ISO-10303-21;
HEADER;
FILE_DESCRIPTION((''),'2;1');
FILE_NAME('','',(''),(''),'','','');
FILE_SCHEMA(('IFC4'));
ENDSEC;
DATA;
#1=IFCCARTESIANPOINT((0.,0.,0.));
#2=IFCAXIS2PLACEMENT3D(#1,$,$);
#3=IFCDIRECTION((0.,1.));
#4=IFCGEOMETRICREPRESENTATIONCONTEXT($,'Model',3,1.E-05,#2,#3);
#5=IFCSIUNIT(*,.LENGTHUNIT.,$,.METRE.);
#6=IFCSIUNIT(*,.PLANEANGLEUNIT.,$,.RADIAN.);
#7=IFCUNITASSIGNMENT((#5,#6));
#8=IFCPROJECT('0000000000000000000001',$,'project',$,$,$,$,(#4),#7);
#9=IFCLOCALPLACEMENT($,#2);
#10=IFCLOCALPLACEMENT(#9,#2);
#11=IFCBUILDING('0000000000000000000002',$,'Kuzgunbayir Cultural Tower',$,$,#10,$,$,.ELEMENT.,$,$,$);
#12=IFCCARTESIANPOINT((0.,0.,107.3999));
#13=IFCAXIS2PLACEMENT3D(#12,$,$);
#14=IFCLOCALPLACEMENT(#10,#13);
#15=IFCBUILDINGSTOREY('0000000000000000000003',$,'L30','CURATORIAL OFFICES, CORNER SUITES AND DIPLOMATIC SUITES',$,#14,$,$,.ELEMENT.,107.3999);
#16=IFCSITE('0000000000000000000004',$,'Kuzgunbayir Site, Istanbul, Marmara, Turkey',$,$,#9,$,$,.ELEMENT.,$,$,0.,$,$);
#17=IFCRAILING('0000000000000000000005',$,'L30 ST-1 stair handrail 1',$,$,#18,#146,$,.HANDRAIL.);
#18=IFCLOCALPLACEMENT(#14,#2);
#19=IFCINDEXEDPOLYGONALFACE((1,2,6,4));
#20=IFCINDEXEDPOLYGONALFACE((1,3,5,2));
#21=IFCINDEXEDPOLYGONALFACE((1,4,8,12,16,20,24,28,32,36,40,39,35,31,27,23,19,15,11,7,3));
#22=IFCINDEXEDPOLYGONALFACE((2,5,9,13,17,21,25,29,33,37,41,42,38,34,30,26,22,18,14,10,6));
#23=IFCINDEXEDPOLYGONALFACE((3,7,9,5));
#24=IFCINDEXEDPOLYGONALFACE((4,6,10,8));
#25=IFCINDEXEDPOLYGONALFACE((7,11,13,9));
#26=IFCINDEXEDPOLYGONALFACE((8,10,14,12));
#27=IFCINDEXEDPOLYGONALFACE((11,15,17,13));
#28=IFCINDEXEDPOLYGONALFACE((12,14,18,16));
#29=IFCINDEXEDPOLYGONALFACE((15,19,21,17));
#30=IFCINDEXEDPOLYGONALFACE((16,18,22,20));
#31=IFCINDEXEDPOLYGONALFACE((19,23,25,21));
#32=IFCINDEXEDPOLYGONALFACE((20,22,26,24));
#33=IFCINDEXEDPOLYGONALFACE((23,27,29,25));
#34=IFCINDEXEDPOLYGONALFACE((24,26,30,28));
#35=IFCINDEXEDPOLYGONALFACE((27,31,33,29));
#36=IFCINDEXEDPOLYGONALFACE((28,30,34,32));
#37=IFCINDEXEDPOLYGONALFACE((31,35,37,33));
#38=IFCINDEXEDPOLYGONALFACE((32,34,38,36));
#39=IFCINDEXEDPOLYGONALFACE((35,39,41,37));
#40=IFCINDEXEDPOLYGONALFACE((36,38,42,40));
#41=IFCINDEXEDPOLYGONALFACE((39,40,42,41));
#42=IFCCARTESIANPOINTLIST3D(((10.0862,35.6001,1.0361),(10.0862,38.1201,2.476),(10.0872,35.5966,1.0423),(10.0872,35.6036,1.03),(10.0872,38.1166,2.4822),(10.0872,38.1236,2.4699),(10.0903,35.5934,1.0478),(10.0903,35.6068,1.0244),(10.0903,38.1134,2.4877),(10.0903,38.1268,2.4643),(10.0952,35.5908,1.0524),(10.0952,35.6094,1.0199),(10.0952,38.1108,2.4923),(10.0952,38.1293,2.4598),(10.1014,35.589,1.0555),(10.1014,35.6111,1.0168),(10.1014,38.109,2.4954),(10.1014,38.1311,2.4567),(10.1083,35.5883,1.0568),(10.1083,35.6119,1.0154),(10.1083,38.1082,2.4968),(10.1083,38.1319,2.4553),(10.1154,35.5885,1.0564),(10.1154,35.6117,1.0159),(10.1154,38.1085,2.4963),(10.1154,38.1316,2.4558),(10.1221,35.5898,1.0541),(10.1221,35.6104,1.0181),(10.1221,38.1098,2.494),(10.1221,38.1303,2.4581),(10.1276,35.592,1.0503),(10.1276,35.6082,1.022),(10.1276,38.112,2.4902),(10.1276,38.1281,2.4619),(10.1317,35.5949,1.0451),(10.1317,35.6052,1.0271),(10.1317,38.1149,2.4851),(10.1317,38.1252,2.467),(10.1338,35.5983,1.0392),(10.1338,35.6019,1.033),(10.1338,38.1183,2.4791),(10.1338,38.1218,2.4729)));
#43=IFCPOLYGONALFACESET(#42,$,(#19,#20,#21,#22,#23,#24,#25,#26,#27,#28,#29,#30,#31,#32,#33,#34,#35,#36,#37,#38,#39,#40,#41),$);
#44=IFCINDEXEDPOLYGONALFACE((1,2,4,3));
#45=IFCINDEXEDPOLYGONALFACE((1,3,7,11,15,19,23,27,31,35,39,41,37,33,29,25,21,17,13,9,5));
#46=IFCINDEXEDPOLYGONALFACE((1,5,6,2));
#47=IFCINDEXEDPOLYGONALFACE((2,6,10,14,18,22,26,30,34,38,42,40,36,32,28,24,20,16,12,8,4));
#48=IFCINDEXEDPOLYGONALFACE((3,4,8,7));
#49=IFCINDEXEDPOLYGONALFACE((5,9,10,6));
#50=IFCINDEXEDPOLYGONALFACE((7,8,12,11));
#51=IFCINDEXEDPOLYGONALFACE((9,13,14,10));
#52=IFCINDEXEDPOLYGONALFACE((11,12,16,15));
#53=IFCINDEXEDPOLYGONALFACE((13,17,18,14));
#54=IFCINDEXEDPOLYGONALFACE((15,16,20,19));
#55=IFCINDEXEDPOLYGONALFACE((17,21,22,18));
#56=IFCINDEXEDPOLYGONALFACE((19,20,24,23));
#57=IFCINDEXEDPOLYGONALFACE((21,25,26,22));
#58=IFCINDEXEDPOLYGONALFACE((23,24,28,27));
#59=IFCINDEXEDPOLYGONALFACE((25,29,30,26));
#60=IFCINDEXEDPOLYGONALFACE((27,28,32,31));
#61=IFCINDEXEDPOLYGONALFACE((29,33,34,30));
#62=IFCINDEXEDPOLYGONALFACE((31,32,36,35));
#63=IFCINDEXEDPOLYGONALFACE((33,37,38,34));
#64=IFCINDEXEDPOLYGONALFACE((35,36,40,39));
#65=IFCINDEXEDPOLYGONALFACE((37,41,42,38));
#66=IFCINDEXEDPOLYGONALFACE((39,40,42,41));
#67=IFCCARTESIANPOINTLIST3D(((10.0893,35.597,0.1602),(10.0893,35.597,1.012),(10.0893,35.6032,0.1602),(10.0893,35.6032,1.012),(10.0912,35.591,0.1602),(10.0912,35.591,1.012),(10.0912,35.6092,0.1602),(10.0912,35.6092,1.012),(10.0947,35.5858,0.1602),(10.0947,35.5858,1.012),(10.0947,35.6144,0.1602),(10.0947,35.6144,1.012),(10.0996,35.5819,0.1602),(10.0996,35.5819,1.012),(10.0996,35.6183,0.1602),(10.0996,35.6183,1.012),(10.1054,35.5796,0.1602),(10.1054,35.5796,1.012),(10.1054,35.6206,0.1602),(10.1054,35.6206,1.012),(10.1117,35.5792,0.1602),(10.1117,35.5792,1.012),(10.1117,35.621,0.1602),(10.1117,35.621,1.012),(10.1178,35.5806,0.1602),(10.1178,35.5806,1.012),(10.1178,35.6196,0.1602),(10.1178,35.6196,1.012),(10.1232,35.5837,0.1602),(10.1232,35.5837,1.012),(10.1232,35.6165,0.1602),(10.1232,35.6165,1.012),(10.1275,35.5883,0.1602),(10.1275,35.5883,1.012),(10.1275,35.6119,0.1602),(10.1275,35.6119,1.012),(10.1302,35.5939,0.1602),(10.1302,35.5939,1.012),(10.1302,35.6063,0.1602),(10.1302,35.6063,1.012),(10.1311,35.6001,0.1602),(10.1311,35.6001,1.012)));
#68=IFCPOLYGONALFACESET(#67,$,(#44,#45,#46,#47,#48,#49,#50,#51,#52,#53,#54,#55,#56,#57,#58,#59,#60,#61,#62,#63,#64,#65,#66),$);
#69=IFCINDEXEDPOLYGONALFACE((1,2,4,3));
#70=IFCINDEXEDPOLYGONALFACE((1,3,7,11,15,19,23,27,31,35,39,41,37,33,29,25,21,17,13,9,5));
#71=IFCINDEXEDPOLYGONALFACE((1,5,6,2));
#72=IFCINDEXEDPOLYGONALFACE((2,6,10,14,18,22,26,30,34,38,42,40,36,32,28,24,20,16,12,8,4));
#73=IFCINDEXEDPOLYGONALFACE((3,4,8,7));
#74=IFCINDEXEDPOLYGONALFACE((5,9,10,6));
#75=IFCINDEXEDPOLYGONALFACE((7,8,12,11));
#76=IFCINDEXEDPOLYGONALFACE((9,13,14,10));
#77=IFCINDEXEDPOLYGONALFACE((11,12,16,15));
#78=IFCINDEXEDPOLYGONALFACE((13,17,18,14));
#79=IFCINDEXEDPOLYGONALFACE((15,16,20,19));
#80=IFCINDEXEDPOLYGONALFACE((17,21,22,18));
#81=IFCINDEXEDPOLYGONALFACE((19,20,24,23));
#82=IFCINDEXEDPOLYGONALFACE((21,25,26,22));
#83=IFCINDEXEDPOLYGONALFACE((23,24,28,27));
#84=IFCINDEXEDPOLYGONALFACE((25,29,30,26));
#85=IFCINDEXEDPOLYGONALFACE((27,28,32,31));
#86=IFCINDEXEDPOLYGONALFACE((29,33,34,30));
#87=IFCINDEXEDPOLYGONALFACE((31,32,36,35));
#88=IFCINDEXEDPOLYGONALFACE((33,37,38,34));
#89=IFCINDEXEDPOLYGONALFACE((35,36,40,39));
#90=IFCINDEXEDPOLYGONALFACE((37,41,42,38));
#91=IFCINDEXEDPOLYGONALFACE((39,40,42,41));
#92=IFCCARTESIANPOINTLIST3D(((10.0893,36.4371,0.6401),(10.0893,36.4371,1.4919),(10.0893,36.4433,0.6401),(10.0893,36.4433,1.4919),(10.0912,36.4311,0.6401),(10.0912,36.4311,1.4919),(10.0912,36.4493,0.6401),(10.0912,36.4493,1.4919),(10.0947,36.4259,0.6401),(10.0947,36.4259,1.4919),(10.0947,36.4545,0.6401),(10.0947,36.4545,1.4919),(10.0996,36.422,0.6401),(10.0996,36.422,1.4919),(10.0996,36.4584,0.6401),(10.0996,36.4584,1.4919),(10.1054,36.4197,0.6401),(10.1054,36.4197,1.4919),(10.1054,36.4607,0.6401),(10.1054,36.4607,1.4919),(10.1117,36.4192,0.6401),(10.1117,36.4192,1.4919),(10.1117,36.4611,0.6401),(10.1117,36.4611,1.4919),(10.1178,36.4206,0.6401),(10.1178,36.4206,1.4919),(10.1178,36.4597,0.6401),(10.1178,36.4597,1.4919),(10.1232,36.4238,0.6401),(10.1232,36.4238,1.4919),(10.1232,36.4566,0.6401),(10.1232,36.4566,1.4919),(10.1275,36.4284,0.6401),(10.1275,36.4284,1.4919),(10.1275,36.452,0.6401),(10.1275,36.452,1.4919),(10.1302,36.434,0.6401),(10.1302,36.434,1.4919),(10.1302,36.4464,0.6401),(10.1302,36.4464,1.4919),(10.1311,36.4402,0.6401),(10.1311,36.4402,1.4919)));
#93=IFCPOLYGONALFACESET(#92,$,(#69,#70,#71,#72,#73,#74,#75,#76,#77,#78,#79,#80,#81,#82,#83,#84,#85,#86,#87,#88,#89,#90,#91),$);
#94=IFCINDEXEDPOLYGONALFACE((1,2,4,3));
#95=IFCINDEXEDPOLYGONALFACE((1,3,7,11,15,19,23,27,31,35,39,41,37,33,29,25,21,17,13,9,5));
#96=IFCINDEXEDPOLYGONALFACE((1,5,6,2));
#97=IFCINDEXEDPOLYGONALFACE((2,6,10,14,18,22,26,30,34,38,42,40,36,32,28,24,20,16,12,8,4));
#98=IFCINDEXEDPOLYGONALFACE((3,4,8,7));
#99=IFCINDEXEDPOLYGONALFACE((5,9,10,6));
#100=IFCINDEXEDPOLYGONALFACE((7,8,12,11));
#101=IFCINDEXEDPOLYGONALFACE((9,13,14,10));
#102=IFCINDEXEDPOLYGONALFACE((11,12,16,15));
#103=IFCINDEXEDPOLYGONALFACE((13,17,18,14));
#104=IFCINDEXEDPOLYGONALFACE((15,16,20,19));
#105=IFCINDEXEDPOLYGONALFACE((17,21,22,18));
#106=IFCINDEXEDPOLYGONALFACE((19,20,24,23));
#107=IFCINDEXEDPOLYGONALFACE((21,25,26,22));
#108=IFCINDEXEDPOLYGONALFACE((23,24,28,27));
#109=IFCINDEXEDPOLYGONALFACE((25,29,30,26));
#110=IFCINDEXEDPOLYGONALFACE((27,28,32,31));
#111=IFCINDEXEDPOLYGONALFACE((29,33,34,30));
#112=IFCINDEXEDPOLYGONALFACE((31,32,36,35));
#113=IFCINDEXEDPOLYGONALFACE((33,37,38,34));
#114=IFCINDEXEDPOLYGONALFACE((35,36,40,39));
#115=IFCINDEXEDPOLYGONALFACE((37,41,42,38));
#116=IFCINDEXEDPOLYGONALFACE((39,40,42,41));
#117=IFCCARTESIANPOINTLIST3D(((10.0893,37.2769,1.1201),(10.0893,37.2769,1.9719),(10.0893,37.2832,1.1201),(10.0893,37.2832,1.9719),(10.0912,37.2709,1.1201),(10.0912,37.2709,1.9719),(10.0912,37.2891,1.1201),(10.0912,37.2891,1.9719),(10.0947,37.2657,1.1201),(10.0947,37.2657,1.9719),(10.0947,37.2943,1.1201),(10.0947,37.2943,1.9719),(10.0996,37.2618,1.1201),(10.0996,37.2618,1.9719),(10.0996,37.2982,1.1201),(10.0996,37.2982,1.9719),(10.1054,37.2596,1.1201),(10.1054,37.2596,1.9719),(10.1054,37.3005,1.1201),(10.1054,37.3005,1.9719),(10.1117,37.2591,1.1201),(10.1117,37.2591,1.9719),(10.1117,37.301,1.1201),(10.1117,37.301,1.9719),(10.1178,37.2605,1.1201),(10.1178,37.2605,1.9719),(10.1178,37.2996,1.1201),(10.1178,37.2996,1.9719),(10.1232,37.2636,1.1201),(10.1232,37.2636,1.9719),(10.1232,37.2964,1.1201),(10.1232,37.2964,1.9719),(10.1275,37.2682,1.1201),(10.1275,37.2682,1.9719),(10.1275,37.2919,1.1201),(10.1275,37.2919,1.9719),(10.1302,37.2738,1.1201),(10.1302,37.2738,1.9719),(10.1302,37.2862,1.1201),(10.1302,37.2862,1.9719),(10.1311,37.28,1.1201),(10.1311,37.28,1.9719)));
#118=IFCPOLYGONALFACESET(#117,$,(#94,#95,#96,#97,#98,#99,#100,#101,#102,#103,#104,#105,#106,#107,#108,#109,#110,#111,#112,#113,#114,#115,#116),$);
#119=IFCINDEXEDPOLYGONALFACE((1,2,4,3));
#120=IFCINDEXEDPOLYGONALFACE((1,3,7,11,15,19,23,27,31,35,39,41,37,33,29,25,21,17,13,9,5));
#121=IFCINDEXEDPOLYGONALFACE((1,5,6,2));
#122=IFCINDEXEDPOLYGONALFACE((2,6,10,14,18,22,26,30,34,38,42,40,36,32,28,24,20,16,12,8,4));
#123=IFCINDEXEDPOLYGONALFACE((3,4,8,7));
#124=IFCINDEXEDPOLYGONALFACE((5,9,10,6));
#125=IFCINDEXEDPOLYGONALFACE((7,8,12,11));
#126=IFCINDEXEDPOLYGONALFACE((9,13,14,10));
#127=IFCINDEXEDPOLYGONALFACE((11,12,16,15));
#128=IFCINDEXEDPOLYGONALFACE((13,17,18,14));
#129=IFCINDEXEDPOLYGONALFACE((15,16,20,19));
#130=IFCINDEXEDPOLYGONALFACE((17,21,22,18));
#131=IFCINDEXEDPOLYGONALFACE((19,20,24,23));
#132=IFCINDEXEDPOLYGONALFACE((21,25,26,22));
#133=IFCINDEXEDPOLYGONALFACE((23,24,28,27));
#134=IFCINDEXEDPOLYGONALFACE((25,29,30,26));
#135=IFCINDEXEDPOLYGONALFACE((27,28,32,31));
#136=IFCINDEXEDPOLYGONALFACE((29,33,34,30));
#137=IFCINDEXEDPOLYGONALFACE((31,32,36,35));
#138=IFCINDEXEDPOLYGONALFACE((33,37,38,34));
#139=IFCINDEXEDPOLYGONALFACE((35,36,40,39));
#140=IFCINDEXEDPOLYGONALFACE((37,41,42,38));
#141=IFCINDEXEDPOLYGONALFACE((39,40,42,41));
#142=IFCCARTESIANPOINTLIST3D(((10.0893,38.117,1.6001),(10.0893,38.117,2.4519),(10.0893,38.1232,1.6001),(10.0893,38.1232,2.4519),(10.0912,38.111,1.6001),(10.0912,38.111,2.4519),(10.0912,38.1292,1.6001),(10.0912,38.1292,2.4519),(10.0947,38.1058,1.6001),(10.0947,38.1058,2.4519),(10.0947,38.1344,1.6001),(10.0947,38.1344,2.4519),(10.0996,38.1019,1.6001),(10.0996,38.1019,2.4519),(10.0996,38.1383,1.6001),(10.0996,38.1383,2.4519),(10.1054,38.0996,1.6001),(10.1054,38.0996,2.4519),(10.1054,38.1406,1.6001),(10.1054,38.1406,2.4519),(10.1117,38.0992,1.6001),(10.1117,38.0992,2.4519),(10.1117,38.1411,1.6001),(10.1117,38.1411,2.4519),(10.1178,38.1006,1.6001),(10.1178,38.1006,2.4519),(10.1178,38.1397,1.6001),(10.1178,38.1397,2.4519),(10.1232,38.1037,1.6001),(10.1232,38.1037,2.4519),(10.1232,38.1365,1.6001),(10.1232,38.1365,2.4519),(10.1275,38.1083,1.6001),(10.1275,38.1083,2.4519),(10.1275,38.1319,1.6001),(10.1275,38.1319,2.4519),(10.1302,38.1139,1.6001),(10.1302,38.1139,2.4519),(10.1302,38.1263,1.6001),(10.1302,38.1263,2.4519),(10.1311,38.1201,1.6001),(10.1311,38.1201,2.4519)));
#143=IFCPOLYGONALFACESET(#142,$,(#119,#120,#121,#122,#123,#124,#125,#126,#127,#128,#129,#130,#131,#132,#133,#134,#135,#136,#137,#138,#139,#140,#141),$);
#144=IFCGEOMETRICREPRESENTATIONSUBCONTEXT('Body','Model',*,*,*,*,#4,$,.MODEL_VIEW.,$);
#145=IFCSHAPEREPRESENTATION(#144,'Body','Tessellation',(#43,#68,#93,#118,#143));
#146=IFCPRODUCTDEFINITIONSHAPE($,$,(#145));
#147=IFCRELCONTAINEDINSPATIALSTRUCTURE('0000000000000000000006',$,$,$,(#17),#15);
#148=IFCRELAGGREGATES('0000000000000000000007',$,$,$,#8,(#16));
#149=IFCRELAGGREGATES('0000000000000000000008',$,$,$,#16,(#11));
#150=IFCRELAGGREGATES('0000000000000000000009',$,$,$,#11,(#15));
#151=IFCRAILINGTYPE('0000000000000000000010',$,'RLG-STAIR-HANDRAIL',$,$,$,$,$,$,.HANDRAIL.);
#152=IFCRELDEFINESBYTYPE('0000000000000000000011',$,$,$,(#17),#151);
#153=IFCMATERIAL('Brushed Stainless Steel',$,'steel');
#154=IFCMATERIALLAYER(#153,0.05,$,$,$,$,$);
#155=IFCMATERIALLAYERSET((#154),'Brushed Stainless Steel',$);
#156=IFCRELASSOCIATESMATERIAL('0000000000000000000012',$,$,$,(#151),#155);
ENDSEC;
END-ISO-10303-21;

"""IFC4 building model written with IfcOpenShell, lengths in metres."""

from ifc_helpers import new_model, si_unit, direction, frame, origin, origin_2d, place, context, subcontext, project, spatial, circle, extrude, material, layer, layer_set, type_object, element, save


model = new_model("IFC4")

# Units and contexts
model_context = context("Model", 3, precision=1e-05, world=origin(), true_north=direction((0.0, 1.0)))
body_context = subcontext(model_context, "Body", "Model", "MODEL_VIEW")
ifc_project = project(units=[si_unit("LENGTHUNIT", "METRE"), si_unit("PLANEANGLEUNIT", "RADIAN")], contexts=[model_context])

# Site, building, storey
site_placement = place(None, origin())
site = spatial("IfcSite", under=ifc_project, at=site_placement, Name="Kuzgunbayir Site, Istanbul, Marmara, Turkey", CompositionType="ELEMENT", RefElevation=0.0)
building_placement = place(site_placement, origin())
building = spatial("IfcBuilding", under=site, at=building_placement, Name="Kuzgunbayir Cultural Tower", CompositionType="ELEMENT")
storey_placement = place(building_placement, frame((0.0, 0.0, 107.3999)))
storey = spatial("IfcBuildingStorey", under=building, at=storey_placement, Name="L30", Description="CURATORIAL OFFICES, CORNER SUITES AND DIPLOMATIC SUITES", CompositionType="ELEMENT", Elevation=107.3999)

# Shared definitions
ifc_material_1 = material(Name="Brushed Stainless Steel", Category="steel")

# Railing
ifc_layer_1 = layer(ifc_material_1, 0.05)
ifc_layer_set_1 = layer_set([ifc_layer_1], Name="Brushed Stainless Steel")
railing_type = type_object("IfcRailingType", Name="RLG-STAIR-HANDRAIL", PredefinedType="HANDRAIL", material=ifc_layer_set_1)
railing_placement = place(storey_placement, frame((10.1101, 35.6001, 0.1602)))
element("IfcRailing", 1, at=railing_placement, inside=storey, type_object=railing_type, Name="L30 ST-1 stair handrail 1", PredefinedType="HANDRAIL", context=body_context, shape_type="SweptSolid", body=[
    extrude(circle(Radius=0.0239, at=origin_2d()), frame((0.0, 0.0, 0.876), z_axis=(0.0, 0.868253, 0.496121), x_axis=(-1.0, 0.0, 0.0)), (0.0, 0.0, 1.0), 2.9023),
    extrude(circle(Radius=0.021, at=origin_2d()), origin(), (0.0, 0.0, 1.0), 0.8518),
    extrude(circle(Radius=0.021, at=origin_2d()), frame((0.0, 0.8401, 0.48)), (0.0, 0.0, 1.0), 0.8518),
    extrude(circle(Radius=0.021, at=origin_2d()), frame((0.0, 1.6799, 0.96)), (0.0, 0.0, 1.0), 0.8518),
    extrude(circle(Radius=0.021, at=origin_2d()), frame((0.0, 2.52, 1.4399)), (0.0, 0.0, 1.0), 0.8518),
])

save(model, "model.ifc")
